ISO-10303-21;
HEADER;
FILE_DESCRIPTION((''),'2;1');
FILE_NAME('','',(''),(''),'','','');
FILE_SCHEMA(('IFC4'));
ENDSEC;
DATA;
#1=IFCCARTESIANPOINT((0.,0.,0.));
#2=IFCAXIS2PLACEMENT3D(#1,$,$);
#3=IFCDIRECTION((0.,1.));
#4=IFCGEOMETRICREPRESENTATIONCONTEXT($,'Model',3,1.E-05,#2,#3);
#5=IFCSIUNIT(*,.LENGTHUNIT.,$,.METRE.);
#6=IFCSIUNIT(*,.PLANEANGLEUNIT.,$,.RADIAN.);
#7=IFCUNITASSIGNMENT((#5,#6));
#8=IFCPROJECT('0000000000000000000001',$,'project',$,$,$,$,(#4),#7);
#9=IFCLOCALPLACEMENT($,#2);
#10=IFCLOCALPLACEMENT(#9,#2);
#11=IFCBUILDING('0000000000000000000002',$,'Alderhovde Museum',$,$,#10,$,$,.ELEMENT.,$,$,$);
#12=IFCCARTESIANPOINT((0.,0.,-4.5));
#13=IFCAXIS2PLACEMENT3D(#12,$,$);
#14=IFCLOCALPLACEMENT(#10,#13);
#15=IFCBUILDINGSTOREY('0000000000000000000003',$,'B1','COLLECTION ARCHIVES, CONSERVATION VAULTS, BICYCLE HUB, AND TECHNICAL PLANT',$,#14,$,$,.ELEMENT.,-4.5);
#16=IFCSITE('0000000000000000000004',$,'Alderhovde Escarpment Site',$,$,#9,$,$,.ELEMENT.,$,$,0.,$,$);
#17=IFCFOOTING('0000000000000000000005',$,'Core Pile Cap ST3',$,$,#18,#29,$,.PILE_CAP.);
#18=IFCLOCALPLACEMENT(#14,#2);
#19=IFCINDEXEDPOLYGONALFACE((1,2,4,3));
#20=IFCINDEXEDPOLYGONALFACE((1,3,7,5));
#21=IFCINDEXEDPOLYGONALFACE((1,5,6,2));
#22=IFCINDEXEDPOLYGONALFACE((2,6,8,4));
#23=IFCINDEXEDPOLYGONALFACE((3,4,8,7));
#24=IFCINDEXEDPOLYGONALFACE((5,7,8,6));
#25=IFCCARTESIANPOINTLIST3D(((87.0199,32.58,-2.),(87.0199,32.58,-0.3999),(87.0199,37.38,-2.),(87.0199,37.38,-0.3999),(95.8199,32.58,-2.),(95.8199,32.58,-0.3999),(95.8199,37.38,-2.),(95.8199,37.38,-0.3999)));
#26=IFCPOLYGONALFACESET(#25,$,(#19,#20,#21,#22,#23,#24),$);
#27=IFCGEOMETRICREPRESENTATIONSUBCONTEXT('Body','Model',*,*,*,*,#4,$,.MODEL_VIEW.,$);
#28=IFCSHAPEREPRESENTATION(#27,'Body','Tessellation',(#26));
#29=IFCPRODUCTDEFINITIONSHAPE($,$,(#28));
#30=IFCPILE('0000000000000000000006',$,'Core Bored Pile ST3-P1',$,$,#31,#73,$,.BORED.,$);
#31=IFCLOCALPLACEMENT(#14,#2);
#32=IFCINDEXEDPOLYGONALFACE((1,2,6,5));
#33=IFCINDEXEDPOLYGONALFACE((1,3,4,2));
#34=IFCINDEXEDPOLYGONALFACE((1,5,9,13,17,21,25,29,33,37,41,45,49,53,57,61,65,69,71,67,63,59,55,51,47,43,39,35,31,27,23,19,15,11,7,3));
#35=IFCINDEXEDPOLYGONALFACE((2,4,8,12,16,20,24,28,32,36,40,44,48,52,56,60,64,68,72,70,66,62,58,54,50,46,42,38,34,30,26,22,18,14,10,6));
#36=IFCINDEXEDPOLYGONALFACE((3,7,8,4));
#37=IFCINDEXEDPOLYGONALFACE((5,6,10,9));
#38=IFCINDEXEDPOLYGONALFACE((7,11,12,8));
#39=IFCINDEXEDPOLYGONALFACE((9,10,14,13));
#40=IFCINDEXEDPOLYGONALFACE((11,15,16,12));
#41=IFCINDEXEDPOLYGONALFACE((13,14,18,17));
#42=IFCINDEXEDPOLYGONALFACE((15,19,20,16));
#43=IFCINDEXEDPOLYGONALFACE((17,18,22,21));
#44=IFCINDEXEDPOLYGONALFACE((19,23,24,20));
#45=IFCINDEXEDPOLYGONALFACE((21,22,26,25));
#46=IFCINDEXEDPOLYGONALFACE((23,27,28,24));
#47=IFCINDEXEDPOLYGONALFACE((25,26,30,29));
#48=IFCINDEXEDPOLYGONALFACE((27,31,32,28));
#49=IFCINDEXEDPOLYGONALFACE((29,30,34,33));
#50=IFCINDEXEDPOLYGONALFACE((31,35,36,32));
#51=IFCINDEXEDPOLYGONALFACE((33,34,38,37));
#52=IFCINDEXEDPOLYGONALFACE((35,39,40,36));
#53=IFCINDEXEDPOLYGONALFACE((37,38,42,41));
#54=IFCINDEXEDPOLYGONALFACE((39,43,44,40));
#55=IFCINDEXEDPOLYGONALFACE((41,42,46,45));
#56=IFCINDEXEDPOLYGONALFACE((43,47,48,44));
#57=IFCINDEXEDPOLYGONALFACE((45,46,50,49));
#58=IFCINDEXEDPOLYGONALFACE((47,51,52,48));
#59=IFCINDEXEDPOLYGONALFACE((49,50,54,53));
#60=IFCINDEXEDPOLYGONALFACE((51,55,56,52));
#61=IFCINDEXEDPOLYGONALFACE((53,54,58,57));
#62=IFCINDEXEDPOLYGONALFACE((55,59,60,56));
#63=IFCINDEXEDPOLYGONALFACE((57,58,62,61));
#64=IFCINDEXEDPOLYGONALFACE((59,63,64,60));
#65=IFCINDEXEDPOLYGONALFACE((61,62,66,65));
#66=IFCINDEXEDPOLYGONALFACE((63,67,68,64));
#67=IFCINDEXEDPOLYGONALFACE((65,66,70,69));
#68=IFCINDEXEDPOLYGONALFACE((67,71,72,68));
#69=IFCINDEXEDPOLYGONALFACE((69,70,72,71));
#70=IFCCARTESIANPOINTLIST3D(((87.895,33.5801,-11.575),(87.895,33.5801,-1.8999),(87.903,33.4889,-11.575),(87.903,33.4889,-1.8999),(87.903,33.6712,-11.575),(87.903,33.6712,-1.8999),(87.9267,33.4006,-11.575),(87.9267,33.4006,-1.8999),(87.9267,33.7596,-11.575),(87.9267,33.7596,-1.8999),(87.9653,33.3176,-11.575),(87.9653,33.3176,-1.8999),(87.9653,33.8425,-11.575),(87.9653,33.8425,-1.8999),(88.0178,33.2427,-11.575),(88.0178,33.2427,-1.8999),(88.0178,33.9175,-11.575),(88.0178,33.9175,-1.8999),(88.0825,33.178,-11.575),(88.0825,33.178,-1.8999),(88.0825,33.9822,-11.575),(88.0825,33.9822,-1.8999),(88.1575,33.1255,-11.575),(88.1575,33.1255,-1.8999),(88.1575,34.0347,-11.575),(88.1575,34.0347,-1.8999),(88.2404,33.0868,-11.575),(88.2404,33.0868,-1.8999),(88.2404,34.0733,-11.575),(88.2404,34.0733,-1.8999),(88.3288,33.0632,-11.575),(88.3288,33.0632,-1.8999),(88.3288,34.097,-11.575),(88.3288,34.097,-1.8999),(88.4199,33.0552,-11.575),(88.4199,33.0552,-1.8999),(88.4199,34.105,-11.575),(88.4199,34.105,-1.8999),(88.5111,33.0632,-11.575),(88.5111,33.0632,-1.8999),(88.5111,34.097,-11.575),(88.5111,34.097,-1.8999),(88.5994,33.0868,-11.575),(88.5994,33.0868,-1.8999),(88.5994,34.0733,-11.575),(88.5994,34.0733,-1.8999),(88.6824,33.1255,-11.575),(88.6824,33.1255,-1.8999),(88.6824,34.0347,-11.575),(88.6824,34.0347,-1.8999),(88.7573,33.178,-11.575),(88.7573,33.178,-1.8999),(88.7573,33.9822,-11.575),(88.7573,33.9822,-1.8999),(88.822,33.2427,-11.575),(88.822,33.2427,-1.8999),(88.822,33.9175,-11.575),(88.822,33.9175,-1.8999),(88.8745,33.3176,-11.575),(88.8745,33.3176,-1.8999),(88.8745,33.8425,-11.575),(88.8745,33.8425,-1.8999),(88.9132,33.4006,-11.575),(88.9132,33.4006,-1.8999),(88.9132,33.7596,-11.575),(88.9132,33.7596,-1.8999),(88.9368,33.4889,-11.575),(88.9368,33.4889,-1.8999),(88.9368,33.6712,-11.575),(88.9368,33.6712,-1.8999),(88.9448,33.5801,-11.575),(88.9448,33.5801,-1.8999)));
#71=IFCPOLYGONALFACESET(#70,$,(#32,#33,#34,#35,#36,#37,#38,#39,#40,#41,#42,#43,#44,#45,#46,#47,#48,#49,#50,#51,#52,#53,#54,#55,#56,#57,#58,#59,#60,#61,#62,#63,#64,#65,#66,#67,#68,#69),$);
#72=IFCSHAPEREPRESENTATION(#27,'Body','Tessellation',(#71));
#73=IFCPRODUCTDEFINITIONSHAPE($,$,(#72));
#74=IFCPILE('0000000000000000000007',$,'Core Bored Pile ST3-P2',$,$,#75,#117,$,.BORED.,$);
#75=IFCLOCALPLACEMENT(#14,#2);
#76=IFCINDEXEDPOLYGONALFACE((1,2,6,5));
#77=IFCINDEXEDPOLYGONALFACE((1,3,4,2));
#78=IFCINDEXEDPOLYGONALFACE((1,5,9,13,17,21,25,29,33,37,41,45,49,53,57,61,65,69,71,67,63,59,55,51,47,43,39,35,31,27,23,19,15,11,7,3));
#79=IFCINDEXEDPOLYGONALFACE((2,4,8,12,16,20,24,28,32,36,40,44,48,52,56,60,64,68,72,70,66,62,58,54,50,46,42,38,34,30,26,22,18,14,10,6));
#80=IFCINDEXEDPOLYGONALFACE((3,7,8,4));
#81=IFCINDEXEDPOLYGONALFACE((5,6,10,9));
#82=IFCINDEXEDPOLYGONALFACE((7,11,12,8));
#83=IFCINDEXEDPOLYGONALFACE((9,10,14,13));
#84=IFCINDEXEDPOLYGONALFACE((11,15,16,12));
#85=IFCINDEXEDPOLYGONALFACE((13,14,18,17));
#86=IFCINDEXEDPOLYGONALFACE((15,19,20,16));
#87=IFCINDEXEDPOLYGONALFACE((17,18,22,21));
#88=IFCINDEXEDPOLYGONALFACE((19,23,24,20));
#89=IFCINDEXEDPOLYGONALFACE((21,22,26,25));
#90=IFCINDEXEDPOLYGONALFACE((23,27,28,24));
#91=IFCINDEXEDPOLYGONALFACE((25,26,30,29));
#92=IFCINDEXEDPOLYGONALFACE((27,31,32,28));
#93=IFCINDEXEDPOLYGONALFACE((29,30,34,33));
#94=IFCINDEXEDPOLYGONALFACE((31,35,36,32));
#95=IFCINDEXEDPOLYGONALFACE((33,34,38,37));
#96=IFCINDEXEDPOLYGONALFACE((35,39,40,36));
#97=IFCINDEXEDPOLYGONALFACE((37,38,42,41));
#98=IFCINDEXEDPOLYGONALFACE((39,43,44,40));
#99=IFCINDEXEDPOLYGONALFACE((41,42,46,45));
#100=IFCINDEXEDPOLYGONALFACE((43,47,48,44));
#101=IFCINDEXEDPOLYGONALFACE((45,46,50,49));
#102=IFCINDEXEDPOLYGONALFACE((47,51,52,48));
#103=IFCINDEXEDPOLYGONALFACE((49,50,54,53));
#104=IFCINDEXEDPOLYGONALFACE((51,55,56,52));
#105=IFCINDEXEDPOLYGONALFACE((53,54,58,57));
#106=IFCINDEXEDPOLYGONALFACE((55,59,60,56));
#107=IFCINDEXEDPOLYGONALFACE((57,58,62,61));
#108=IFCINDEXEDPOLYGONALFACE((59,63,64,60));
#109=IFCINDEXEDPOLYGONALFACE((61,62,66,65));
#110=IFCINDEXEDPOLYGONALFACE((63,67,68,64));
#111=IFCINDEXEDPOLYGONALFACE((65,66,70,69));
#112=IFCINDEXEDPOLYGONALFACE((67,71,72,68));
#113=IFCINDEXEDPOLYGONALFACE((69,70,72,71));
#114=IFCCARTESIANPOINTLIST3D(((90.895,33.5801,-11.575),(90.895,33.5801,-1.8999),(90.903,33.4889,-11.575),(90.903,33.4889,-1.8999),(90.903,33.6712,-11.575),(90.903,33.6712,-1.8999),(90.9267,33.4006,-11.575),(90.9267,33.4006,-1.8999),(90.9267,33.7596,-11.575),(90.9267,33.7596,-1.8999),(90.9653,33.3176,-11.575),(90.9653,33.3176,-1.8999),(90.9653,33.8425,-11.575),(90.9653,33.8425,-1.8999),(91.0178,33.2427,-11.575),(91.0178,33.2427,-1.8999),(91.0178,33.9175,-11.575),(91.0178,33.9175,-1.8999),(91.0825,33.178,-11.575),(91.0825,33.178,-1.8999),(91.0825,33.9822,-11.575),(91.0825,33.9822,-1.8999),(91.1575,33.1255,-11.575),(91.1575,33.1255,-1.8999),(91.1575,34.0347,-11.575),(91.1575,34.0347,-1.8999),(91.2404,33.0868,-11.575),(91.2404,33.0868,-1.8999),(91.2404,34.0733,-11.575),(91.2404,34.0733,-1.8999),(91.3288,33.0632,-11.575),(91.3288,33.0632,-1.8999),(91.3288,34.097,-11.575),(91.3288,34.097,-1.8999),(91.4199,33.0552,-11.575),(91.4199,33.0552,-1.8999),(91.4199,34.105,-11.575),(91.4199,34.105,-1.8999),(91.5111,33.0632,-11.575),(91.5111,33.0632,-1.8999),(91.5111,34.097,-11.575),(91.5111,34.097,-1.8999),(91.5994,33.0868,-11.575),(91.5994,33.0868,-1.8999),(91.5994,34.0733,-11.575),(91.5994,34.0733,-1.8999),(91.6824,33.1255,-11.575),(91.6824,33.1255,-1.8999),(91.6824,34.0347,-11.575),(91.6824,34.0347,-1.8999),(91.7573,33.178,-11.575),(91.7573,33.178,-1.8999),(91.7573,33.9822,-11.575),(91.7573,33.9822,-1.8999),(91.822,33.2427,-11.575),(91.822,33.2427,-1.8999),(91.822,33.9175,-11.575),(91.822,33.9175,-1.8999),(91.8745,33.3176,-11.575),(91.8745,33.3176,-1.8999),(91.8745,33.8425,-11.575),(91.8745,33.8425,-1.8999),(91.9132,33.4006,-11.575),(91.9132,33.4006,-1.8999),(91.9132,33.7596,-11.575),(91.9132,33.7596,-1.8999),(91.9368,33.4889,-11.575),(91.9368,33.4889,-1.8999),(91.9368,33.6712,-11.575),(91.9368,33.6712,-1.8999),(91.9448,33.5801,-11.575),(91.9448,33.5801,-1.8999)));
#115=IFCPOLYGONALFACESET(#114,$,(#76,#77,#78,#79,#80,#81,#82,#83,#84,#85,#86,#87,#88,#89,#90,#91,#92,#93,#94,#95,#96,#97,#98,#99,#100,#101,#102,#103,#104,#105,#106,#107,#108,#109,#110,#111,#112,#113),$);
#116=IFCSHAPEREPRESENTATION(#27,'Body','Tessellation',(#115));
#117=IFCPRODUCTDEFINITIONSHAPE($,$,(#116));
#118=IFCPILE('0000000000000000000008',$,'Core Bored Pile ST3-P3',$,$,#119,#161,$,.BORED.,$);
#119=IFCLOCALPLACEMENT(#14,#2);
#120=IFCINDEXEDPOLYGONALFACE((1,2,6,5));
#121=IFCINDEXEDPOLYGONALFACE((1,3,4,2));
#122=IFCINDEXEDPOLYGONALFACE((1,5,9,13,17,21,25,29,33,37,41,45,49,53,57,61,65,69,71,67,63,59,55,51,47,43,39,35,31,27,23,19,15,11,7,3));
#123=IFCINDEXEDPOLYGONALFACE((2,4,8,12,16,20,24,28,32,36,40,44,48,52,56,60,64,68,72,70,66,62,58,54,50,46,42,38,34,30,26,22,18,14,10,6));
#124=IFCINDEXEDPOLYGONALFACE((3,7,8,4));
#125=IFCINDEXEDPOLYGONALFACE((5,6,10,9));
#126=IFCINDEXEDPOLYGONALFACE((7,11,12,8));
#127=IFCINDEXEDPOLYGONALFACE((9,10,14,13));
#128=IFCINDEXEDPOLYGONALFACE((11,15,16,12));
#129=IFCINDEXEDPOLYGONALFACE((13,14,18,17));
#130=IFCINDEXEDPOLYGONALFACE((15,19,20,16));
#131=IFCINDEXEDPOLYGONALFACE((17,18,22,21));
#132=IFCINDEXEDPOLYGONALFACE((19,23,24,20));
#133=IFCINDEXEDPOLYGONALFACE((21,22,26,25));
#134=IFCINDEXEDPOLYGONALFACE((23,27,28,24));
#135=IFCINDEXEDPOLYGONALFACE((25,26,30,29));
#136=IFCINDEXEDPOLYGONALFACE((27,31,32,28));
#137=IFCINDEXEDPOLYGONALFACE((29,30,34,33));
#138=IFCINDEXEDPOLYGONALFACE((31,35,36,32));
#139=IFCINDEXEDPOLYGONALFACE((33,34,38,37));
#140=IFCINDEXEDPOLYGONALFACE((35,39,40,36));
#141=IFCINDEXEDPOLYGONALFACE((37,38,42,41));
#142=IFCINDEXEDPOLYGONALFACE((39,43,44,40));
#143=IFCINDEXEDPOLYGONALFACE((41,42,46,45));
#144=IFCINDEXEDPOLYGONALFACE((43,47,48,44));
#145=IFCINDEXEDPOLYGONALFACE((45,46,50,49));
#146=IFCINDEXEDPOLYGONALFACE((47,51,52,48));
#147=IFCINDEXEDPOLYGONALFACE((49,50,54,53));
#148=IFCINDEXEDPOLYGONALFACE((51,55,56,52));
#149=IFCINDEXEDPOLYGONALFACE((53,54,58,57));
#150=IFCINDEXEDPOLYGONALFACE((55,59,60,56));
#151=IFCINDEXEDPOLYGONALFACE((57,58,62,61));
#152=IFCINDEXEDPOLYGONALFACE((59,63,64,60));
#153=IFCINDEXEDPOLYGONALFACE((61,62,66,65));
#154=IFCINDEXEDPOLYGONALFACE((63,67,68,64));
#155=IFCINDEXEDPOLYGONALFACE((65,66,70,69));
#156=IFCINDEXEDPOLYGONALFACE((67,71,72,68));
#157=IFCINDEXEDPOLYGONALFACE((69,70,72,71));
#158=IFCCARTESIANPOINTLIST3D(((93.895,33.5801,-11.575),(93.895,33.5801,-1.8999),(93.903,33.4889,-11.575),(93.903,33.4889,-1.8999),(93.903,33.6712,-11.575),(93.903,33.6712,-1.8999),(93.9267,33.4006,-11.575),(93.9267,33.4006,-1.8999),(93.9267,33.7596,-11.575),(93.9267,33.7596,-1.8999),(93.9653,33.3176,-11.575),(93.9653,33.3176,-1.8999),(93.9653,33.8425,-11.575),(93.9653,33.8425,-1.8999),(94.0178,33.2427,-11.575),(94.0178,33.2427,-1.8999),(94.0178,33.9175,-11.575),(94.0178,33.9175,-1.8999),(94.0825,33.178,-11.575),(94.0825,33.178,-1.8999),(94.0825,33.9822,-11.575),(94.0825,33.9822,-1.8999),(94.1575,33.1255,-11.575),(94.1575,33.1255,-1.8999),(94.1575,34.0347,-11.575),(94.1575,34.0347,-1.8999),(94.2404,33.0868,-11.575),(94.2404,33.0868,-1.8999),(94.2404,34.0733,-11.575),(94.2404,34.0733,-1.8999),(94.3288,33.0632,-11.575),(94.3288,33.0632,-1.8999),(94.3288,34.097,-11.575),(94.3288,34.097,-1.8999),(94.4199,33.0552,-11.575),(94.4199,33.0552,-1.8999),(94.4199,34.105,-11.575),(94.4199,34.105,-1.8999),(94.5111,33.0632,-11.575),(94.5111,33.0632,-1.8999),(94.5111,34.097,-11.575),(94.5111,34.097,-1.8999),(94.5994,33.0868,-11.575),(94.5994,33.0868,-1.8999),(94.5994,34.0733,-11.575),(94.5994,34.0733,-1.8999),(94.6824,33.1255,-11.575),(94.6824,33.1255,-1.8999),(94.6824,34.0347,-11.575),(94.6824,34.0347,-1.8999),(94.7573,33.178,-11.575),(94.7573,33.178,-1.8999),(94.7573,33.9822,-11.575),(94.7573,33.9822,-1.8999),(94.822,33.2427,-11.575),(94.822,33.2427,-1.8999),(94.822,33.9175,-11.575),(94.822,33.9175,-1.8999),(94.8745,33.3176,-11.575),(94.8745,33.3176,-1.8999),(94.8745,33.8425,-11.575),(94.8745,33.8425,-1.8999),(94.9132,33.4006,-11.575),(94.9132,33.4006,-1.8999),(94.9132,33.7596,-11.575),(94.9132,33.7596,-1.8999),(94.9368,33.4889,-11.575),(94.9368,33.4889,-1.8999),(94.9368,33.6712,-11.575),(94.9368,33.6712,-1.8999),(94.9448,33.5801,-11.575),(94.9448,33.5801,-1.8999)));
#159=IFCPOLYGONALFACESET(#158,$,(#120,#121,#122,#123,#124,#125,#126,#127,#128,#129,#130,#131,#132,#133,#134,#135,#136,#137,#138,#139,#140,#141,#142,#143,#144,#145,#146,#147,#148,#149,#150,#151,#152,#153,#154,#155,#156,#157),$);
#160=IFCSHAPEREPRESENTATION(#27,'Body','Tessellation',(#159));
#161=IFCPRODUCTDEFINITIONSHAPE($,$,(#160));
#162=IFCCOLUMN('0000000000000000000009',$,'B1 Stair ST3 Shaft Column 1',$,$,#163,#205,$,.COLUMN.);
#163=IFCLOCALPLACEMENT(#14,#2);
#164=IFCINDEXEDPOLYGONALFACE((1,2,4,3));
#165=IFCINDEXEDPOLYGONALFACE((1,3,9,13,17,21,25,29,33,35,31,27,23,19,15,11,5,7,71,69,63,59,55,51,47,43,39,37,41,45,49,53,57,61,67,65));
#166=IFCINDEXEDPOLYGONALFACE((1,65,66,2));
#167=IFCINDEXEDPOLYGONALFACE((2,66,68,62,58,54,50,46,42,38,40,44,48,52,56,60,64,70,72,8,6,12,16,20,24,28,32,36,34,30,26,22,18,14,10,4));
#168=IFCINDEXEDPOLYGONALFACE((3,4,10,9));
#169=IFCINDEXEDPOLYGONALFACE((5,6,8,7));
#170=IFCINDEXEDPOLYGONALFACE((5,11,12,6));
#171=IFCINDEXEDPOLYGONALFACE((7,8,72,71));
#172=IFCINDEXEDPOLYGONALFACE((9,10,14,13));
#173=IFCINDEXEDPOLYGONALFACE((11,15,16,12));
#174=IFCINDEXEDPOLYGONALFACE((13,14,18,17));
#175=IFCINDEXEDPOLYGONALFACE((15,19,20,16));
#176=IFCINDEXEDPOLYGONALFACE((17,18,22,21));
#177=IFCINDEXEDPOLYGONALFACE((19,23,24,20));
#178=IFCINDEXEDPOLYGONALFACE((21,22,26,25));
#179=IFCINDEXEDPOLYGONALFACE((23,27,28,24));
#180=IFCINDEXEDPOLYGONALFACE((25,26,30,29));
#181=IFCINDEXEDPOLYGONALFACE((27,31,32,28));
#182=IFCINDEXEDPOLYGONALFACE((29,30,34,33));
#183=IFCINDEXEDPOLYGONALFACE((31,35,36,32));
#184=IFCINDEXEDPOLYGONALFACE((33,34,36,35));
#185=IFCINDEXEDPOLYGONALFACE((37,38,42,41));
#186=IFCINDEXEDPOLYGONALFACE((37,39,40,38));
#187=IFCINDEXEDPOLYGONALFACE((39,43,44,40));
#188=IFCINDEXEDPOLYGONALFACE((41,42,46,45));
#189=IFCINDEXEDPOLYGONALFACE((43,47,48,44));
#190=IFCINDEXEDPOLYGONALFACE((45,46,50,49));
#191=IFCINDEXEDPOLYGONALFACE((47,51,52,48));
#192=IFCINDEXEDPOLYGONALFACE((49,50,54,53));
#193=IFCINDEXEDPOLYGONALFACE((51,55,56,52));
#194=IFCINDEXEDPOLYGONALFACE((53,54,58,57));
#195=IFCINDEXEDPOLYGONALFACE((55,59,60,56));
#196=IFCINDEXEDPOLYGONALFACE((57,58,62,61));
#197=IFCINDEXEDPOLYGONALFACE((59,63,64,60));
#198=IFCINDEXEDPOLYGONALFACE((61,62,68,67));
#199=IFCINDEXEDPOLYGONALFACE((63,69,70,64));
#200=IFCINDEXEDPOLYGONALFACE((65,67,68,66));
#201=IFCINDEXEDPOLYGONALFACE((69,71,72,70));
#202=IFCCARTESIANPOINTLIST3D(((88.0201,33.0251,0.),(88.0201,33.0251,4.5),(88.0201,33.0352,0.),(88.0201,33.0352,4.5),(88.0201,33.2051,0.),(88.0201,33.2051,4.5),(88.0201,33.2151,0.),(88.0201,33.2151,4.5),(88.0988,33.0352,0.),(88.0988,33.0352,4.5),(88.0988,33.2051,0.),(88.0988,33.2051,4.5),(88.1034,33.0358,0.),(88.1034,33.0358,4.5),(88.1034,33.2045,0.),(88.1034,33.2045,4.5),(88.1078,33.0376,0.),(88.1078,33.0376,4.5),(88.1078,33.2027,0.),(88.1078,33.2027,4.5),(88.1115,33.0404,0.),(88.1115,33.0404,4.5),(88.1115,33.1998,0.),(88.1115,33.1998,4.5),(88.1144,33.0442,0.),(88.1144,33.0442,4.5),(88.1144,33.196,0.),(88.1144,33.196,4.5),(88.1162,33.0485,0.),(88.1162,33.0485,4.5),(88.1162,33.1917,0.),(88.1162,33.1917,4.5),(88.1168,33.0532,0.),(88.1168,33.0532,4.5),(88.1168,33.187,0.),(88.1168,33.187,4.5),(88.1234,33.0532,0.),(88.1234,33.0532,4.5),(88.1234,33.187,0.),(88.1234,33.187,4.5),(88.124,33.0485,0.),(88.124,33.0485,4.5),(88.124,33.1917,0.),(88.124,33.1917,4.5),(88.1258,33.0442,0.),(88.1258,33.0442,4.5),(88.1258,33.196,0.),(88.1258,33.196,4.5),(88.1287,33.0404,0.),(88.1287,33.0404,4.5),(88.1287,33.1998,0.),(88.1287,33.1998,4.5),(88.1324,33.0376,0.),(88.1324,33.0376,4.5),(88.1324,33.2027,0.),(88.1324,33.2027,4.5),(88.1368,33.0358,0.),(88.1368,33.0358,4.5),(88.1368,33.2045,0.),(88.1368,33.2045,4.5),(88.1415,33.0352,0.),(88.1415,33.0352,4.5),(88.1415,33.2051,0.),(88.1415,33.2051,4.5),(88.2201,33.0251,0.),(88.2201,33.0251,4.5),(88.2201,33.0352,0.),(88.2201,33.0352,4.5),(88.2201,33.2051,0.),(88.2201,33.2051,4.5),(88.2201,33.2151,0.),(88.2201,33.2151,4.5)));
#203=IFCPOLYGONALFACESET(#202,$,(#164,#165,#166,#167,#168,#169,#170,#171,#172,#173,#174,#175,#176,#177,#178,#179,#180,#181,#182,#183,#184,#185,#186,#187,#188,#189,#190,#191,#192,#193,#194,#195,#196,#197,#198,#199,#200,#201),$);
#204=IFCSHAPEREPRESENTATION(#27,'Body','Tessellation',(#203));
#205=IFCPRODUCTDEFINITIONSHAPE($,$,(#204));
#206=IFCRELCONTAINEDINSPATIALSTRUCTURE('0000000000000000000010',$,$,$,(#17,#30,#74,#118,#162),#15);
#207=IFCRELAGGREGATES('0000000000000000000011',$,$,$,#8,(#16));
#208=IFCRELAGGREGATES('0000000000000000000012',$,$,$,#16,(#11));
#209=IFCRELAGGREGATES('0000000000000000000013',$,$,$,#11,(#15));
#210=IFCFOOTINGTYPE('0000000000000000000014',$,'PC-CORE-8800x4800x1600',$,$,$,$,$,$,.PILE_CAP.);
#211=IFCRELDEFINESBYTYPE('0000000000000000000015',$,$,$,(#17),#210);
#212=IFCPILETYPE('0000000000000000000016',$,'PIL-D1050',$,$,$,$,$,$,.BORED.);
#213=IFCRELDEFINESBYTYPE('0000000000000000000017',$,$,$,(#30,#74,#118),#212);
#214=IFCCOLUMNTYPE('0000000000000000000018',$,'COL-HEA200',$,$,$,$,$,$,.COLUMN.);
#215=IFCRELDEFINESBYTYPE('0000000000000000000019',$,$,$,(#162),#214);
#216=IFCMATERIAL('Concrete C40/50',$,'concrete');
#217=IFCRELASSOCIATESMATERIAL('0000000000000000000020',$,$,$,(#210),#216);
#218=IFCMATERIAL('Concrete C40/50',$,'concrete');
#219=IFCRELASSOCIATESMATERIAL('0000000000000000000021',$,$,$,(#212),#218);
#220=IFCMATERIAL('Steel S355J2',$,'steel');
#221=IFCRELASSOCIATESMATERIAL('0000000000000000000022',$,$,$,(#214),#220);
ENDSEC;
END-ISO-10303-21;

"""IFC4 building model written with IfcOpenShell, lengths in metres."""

from ifc_helpers import new_model, si_unit, direction, frame, origin, origin_2d, place, context, subcontext, project, spatial, rectangle, circle, i_section, extrude, material, material_profile, profile_set, type_object, element, save


model = new_model("IFC4")

# Units and contexts
model_context = context("Model", 3, precision=1e-05, world=origin(), true_north=direction((0.0, 1.0)))
body_context = subcontext(model_context, "Body", "Model", "MODEL_VIEW")
ifc_project = project(units=[si_unit("LENGTHUNIT", "METRE"), si_unit("PLANEANGLEUNIT", "RADIAN")], contexts=[model_context])

# Site, building, storey
site_placement = place(None, origin())
site = spatial("IfcSite", under=ifc_project, at=site_placement, Name="Alderhovde Escarpment Site", CompositionType="ELEMENT", RefElevation=0.0)
building_placement = place(site_placement, origin())
building = spatial("IfcBuilding", under=site, at=building_placement, Name="Alderhovde Museum", CompositionType="ELEMENT")
storey_placement = place(building_placement, frame((0.0, 0.0, -4.5)))
storey = spatial("IfcBuildingStorey", under=building, at=storey_placement, Name="B1", Description="COLLECTION ARCHIVES, CONSERVATION VAULTS, BICYCLE HUB, AND TECHNICAL PLANT", CompositionType="ELEMENT", Elevation=-4.5)

# Footing
ifc_material_1 = material(Name="Concrete C40/50", Category="concrete")
footing_type = type_object("IfcFootingType", Name="PC-CORE-8800x4800x1600", PredefinedType="PILE_CAP", material=ifc_material_1)
footing_placement = place(storey_placement, frame((91.4199, 34.98, -2.0), z_axis=(0.0, 0.0, 1.0), x_axis=(1.0, 0.0, 0.0)))
element("IfcFooting", 1, at=footing_placement, inside=storey, type_object=footing_type, Name="Core Pile Cap ST3", PredefinedType="PILE_CAP", context=body_context, shape_type="SweptSolid", body=[
    extrude(rectangle(XDim=8.8, YDim=4.8, at=origin_2d()), origin(), (0.0, 0.0, 1.0), 1.6001),
])

# Piles
ifc_material_2 = material(Name="Concrete C40/50", Category="concrete")
ifc_material_profile_1 = material_profile(ifc_material_2, circle(Radius=0.5249, at=origin_2d()), Name="PILE-D1050")
ifc_profile_set_1 = profile_set([ifc_material_profile_1], Name="Concrete C40/50")
pile_type = type_object("IfcPileType", Name="PIL-D1050", PredefinedType="BORED", material=ifc_profile_set_1)
for number, where, z_axis, x_axis, name in (
    (2, (88.4199, 33.5801, -1.8999), (0.0, 0.0, -1.0), (1.0, 0.0, 0.0), "Core Bored Pile ST3-P1"),
    (3, (91.4199, 33.5801, -1.8999), (0.0, 0.0, -1.0), (1.0, 0.0, 0.0), "Core Bored Pile ST3-P2"),
    (4, (94.4199, 33.5801, -1.8999), (0.0, 0.0, -1.0), (1.0, 0.0, 0.0), "Core Bored Pile ST3-P3"),
):
    element("IfcPile", number, at=place(storey_placement, frame(where, z_axis=z_axis, x_axis=x_axis)), inside=storey, type_object=pile_type, Name=name, PredefinedType="BORED", context=body_context, shape_type="SweptSolid", body=[
        extrude(circle(Radius=0.5249, at=origin_2d()), origin(), (0.0, 0.0, 1.0), 9.675),
    ])

# Column
ifc_material_3 = material(Name="Steel S355J2", Category="steel")
ifc_material_profile_2 = material_profile(ifc_material_3, i_section(OverallWidth=0.2, OverallDepth=0.1899, WebThickness=0.0066, FlangeThickness=0.01, FilletRadius=0.0181, at=origin_2d()), Name="HEA 200")
ifc_profile_set_2 = profile_set([ifc_material_profile_2], Name="Steel S355J2")
column_type = type_object("IfcColumnType", Name="COL-HEA200", PredefinedType="COLUMN", material=ifc_profile_set_2)
for number, where, z_axis, x_axis, name in (
    (5, (88.1201, 33.1201, 0.0), (0.0, 0.0, 1.0), (1.0, 0.0, 0.0), "B1 Stair ST3 Shaft Column 1"),
):
    element("IfcColumn", number, at=place(storey_placement, frame(where, z_axis=z_axis, x_axis=x_axis)), inside=storey, type_object=column_type, Name=name, PredefinedType="COLUMN", context=body_context, shape_type="SweptSolid", body=[
        extrude(i_section(OverallWidth=0.2, OverallDepth=0.1899, WebThickness=0.0066, FlangeThickness=0.01, FilletRadius=0.0181, at=origin_2d()), origin(), (0.0, 0.0, 1.0), 4.5),
    ])

save(model, "model.ifc")
